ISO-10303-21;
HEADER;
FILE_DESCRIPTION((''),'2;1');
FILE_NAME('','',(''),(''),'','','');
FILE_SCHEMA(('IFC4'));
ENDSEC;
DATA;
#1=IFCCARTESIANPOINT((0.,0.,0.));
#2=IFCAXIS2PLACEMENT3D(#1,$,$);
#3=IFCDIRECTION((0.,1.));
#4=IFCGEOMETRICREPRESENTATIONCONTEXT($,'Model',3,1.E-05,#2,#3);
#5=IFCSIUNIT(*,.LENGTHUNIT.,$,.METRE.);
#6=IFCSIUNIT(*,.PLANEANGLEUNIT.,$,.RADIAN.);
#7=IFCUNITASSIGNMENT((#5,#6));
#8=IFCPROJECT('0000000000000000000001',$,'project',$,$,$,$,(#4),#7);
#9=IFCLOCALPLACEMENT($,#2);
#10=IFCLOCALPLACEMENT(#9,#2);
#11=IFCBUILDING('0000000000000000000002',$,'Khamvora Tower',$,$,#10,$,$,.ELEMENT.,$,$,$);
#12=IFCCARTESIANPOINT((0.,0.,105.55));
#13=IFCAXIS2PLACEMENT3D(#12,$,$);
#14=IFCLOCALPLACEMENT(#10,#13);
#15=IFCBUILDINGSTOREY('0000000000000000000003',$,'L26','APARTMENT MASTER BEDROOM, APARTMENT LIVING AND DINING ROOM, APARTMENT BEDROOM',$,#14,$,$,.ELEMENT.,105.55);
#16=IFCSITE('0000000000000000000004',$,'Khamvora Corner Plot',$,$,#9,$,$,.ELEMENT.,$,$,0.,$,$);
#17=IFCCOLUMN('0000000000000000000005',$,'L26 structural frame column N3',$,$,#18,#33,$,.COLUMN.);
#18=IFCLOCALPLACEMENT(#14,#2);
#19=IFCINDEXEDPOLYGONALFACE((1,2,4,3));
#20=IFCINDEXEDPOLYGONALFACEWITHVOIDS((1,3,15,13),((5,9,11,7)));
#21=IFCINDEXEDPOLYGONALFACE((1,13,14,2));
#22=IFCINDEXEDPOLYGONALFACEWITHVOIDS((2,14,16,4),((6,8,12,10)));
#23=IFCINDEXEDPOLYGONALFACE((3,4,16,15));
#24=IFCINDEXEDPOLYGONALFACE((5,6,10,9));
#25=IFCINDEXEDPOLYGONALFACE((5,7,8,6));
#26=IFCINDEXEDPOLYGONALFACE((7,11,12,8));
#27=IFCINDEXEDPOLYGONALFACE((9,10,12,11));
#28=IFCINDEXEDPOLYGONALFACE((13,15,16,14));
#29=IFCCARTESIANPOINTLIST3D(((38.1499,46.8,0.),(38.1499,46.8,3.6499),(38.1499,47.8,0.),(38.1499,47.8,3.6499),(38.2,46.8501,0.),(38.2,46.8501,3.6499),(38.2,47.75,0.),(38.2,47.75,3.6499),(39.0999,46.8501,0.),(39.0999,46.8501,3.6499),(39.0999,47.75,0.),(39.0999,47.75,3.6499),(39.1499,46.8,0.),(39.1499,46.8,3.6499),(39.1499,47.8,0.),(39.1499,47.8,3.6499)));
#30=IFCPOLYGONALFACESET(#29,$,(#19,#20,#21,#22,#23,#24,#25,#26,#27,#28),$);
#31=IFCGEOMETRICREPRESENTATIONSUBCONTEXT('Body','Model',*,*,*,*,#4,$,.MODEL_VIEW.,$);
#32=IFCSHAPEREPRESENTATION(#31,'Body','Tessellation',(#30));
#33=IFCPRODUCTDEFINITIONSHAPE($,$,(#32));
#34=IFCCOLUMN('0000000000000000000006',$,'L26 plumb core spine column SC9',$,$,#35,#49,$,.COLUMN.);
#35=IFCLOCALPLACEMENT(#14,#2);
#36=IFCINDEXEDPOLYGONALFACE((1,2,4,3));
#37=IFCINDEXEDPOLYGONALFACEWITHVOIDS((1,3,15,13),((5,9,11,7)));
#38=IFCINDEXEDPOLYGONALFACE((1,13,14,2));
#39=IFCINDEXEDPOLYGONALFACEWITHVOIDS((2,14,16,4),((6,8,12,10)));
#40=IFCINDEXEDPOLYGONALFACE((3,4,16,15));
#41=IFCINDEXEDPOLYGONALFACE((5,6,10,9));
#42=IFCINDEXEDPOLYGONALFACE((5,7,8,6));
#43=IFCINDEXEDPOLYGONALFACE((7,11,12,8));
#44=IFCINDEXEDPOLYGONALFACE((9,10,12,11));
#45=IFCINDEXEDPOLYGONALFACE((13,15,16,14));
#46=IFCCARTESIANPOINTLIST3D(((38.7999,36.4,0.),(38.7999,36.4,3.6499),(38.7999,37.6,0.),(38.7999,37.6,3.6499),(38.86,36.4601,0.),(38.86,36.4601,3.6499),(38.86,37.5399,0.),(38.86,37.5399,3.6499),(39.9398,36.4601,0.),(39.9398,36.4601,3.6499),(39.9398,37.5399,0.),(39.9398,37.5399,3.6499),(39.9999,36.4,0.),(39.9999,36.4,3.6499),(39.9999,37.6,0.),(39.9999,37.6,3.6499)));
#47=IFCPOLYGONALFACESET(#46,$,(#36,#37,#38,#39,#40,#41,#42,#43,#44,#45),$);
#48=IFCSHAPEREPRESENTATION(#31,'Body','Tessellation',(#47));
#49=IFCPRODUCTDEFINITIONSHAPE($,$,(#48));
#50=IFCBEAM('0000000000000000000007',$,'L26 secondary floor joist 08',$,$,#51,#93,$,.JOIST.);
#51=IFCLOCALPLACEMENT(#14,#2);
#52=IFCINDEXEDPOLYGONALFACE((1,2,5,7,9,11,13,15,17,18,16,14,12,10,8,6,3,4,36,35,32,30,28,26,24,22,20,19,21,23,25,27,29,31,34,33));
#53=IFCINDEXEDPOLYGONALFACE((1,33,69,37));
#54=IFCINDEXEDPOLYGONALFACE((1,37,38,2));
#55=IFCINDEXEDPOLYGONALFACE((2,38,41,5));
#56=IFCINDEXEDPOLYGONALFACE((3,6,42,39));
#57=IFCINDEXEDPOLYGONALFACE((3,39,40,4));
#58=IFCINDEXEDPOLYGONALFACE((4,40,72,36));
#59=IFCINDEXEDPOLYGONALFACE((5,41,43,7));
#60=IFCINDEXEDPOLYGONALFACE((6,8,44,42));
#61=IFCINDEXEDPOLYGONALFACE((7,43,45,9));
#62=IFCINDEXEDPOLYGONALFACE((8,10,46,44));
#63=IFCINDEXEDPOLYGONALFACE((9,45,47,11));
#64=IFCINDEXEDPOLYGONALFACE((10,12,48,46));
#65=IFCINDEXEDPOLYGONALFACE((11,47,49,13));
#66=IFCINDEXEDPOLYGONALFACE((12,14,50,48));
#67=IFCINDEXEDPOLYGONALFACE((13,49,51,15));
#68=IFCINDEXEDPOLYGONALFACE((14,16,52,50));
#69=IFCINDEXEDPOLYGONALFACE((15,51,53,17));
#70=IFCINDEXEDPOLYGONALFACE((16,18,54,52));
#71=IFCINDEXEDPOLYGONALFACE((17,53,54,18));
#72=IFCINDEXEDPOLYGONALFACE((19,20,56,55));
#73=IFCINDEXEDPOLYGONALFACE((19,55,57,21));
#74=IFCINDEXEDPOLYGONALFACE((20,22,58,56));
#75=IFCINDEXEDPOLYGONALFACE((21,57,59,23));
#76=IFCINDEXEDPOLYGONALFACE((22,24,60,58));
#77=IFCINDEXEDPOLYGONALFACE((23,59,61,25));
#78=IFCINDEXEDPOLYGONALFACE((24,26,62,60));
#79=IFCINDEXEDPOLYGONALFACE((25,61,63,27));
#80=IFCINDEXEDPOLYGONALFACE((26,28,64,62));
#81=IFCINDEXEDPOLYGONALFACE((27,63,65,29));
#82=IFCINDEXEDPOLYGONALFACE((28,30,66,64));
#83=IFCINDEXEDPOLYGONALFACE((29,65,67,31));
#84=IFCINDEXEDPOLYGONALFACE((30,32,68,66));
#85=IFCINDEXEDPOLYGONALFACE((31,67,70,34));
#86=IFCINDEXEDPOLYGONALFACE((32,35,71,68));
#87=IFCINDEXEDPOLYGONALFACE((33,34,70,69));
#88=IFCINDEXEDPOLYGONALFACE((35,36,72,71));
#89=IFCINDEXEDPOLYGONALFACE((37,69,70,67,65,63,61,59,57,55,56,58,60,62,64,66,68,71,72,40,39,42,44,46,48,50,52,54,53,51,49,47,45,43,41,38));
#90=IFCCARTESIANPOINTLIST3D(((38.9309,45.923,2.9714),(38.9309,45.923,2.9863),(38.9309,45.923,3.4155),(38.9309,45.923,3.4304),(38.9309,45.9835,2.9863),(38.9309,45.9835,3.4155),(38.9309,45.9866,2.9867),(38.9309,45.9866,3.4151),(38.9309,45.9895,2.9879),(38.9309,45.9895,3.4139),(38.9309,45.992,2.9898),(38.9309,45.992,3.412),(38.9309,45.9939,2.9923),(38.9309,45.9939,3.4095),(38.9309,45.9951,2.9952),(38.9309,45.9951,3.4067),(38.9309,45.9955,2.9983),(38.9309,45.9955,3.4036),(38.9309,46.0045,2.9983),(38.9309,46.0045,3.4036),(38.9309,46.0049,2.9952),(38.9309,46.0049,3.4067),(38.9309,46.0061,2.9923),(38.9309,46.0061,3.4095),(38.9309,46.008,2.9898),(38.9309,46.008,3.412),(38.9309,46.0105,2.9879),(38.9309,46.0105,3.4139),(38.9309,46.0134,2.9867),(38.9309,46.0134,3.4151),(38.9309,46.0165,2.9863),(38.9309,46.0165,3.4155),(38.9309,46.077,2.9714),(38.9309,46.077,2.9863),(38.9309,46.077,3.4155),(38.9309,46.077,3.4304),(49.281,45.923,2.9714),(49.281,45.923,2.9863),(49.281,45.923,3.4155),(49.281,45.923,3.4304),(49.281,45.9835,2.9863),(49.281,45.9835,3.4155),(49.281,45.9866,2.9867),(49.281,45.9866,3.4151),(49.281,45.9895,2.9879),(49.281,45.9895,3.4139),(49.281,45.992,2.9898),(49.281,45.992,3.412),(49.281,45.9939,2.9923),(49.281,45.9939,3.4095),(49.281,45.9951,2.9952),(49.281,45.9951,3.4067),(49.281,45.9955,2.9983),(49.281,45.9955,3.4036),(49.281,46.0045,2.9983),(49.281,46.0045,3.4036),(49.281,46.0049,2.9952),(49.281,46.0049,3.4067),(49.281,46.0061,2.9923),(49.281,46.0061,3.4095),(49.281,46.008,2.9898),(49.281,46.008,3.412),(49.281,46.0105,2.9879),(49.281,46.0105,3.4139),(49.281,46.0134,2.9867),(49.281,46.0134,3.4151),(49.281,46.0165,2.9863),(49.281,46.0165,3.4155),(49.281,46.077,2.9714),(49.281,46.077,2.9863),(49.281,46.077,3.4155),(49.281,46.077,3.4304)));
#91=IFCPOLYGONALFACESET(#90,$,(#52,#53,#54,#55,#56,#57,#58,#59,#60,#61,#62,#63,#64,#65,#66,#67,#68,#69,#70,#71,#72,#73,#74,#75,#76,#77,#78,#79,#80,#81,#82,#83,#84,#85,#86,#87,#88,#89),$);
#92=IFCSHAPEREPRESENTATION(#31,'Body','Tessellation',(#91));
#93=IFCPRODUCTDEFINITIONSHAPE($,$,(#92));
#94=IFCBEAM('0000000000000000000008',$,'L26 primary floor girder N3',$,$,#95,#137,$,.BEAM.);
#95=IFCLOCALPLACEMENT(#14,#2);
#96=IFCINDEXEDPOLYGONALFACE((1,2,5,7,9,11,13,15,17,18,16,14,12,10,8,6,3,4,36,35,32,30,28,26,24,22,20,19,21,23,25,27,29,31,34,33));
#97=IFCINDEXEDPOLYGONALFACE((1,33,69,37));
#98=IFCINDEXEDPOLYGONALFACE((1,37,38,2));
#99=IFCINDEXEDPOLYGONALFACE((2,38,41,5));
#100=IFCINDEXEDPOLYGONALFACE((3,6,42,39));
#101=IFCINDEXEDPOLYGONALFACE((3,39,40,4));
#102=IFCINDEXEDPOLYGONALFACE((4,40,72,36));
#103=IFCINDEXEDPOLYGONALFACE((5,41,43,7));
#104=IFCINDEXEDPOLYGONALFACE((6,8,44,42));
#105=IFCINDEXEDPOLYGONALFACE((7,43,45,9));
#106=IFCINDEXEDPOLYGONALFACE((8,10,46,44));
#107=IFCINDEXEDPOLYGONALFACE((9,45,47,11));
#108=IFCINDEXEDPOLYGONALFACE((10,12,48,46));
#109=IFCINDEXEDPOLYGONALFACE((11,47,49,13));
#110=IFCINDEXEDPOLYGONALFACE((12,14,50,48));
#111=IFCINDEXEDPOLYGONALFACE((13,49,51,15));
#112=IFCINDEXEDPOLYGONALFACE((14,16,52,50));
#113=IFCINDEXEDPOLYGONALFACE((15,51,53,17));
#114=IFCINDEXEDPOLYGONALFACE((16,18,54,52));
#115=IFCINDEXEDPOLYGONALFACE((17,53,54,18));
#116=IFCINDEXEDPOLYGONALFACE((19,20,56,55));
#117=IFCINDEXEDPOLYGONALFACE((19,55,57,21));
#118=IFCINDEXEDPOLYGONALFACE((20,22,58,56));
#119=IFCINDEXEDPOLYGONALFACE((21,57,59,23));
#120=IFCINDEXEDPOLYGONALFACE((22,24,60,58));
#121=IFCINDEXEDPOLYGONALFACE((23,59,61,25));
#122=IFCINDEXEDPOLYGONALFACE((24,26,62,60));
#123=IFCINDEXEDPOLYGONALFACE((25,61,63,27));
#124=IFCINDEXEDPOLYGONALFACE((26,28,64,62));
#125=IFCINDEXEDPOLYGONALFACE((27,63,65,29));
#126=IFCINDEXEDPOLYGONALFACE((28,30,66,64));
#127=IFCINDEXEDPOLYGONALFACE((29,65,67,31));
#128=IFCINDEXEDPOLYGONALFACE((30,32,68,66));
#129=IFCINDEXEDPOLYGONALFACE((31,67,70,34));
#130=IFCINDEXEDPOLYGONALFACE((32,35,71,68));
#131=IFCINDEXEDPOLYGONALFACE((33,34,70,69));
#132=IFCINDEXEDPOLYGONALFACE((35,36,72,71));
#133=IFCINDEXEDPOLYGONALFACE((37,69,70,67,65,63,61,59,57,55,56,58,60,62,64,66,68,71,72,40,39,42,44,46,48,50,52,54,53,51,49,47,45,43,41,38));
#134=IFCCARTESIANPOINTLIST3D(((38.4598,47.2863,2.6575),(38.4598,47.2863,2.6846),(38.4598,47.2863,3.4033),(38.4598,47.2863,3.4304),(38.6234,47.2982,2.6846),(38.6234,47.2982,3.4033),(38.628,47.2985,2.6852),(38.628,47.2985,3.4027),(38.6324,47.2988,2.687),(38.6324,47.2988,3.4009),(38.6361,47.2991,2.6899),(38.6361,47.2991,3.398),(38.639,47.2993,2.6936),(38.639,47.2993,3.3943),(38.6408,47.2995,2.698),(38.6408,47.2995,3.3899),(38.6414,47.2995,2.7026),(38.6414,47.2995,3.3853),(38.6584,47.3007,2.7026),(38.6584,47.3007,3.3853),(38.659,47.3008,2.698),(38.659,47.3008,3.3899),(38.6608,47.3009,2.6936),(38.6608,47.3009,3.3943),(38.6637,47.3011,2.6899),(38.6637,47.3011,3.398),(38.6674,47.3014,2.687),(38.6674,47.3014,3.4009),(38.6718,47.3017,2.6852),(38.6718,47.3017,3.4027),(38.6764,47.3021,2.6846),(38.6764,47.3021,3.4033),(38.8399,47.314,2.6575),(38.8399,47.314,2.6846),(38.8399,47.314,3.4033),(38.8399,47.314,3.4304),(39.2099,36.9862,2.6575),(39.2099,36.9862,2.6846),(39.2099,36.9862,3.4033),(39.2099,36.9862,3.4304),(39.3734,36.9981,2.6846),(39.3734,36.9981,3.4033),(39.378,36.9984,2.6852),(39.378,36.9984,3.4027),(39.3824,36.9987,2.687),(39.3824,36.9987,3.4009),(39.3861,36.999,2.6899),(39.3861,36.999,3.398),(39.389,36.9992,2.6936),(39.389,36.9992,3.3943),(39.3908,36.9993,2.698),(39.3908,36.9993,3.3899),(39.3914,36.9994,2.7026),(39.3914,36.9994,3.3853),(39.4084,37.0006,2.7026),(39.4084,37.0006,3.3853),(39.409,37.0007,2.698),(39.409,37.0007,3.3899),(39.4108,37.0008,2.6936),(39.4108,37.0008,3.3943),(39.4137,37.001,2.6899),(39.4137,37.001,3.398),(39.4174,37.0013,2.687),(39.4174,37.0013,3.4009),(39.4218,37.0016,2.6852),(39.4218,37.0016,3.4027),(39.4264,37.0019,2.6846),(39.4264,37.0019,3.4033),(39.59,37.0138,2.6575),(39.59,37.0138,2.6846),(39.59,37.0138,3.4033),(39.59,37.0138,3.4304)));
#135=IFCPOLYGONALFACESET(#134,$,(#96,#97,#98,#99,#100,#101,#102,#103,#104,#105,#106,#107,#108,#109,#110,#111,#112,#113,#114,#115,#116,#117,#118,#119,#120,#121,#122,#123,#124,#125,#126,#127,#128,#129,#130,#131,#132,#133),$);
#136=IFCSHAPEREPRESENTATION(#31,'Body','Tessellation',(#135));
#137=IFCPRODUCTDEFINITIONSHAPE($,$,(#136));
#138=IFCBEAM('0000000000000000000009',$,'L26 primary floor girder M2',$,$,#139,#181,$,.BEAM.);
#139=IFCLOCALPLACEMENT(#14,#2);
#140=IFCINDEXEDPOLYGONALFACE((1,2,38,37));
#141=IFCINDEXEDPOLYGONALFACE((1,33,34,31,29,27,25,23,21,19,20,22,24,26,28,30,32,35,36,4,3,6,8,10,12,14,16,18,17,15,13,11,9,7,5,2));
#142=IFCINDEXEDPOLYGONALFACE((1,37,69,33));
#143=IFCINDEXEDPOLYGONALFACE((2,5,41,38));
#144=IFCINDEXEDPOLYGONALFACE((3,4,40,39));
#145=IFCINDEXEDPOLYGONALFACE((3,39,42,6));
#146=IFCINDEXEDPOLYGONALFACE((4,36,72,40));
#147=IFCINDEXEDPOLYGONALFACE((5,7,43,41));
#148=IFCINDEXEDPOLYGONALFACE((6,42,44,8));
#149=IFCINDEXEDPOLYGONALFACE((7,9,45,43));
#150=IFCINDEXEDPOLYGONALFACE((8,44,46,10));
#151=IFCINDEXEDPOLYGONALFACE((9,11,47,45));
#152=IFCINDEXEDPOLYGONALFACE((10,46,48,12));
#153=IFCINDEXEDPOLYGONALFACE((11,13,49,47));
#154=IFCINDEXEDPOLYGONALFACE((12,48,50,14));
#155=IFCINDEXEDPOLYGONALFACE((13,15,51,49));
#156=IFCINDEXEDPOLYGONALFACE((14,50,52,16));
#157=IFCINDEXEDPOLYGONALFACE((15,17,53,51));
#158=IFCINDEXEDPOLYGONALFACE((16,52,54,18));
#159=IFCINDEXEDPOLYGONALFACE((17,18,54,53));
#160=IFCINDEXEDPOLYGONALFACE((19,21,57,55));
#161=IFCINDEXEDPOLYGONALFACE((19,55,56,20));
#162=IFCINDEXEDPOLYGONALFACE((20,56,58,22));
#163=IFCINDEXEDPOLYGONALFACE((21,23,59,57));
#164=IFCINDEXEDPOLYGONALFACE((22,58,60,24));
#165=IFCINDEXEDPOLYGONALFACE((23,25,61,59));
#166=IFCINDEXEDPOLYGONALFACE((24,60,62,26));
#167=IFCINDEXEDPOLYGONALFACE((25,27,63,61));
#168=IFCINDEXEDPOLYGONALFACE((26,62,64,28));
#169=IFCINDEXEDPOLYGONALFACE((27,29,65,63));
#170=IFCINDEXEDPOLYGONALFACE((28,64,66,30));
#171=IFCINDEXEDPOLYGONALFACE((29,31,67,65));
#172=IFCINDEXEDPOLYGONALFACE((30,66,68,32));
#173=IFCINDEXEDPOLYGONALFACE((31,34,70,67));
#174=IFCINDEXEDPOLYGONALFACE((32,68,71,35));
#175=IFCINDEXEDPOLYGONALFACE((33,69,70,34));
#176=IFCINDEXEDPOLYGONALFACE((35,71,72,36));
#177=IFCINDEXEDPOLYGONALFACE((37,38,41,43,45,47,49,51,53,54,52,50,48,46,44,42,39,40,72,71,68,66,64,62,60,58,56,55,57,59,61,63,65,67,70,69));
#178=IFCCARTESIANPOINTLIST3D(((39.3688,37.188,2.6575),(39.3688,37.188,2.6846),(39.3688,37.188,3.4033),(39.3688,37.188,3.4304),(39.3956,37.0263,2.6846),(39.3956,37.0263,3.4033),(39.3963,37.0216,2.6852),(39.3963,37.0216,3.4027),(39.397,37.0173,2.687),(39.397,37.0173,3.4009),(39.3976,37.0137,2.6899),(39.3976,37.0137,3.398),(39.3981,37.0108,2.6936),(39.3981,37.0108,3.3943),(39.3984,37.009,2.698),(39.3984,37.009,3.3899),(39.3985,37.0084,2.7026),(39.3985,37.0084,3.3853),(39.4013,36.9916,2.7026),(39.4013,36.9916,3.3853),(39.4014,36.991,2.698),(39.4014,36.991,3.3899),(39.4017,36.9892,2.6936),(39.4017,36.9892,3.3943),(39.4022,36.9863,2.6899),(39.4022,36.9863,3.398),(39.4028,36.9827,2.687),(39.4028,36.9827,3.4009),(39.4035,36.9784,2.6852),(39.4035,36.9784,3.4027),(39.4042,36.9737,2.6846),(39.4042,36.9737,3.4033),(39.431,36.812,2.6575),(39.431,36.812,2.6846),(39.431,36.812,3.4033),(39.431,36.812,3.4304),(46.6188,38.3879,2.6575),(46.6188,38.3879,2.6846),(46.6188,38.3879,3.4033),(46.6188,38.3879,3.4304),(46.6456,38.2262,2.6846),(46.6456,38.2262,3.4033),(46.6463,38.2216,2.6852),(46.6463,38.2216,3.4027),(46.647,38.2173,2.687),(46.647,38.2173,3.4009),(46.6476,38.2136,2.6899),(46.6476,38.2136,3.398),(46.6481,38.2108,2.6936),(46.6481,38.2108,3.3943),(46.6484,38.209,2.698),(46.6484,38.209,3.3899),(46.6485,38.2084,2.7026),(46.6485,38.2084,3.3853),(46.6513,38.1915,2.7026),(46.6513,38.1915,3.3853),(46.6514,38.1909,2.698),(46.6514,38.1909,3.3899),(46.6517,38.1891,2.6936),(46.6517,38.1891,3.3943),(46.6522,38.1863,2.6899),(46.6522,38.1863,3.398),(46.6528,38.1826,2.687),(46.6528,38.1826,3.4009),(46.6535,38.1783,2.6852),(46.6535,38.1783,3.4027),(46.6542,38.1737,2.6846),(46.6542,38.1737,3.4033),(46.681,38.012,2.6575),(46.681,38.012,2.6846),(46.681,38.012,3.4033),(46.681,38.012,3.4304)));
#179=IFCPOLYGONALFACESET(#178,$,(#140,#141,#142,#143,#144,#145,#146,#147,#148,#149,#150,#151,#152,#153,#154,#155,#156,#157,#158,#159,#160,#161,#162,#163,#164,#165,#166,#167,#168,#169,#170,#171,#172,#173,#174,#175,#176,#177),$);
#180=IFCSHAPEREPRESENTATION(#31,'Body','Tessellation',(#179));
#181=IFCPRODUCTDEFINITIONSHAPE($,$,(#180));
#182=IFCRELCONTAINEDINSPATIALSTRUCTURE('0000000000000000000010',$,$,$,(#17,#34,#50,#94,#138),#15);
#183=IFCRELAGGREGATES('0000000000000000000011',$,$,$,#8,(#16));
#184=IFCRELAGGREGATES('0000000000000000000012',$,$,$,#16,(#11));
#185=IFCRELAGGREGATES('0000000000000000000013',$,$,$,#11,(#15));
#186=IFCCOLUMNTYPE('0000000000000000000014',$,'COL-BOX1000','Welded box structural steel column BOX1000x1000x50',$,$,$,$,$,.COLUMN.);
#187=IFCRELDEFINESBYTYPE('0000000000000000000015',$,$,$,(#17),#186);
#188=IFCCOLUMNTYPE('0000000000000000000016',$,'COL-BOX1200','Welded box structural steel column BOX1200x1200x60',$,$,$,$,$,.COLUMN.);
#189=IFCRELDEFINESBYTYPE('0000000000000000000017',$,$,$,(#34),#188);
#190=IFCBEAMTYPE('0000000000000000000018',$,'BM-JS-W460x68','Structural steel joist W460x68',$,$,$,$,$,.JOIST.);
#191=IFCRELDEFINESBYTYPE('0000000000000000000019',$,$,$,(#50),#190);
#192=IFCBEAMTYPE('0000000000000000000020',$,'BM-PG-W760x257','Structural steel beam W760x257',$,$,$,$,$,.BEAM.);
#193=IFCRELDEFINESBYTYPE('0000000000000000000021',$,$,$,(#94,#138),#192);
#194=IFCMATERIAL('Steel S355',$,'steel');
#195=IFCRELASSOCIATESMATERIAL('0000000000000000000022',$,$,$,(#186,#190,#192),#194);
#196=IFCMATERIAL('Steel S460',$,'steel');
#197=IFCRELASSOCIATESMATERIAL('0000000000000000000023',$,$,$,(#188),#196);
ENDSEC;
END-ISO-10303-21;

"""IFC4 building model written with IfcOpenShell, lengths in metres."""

from ifc_helpers import new_model, si_unit, direction, frame, origin, origin_2d, place, context, subcontext, project, spatial, hollow_rectangle, i_section, extrude, material, material_profile, profile_set, type_object, element, save


model = new_model("IFC4")

# Units and contexts
model_context = context("Model", 3, precision=1e-05, world=origin(), true_north=direction((0.0, 1.0)))
body_context = subcontext(model_context, "Body", "Model", "MODEL_VIEW")
ifc_project = project(units=[si_unit("LENGTHUNIT", "METRE"), si_unit("PLANEANGLEUNIT", "RADIAN")], contexts=[model_context])

# Site, building, storey
site_placement = place(None, origin())
site = spatial("IfcSite", under=ifc_project, at=site_placement, Name="Khamvora Corner Plot", CompositionType="ELEMENT", RefElevation=0.0)
building_placement = place(site_placement, origin())
building = spatial("IfcBuilding", under=site, at=building_placement, Name="Khamvora Tower", CompositionType="ELEMENT")
storey_placement = place(building_placement, frame((0.0, 0.0, 105.55)))
storey = spatial("IfcBuildingStorey", under=building, at=storey_placement, Name="L26", Description="APARTMENT MASTER BEDROOM, APARTMENT LIVING AND DINING ROOM, APARTMENT BEDROOM", CompositionType="ELEMENT", Elevation=105.55)

# Columns
ifc_material_1 = material(Name="Steel S355", Category="steel")
ifc_material_profile_1 = material_profile(ifc_material_1, hollow_rectangle(XDim=1.0, YDim=1.0, WallThickness=0.05, at=origin_2d()), Name="BOX1000x1000x50")
ifc_profile_set_1 = profile_set([ifc_material_profile_1], Name="Steel S355")
column_type_1 = type_object("IfcColumnType", Name="COL-BOX1000", Description="Welded box structural steel column BOX1000x1000x50", PredefinedType="COLUMN", material=ifc_profile_set_1)
column_1_placement = place(storey_placement, frame((38.6499, 47.3, 0.0), z_axis=(0.0, 0.0, 1.0), x_axis=(1.0, 0.0, 0.0)))
element("IfcColumn", 1, at=column_1_placement, inside=storey, type_object=column_type_1, Name="L26 structural frame column N3", PredefinedType="COLUMN", context=body_context, shape_type="SweptSolid", body=[
    extrude(hollow_rectangle(XDim=1.0, YDim=1.0, WallThickness=0.05, at=origin_2d()), origin(), (0.0, 0.0, 1.0), 3.6499),
])
ifc_material_2 = material(Name="Steel S460", Category="steel")
ifc_material_profile_2 = material_profile(ifc_material_2, hollow_rectangle(XDim=1.2, YDim=1.2, WallThickness=0.0601, at=origin_2d()), Name="BOX1200x1200x60")
ifc_profile_set_2 = profile_set([ifc_material_profile_2], Name="Steel S460")
column_type_2 = type_object("IfcColumnType", Name="COL-BOX1200", Description="Welded box structural steel column BOX1200x1200x60", PredefinedType="COLUMN", material=ifc_profile_set_2)
column_2_placement = place(storey_placement, frame((39.3999, 37.0, 0.0), z_axis=(0.0, 0.0, 1.0), x_axis=(1.0, 0.0, 0.0)))
element("IfcColumn", 2, at=column_2_placement, inside=storey, type_object=column_type_2, Name="L26 plumb core spine column SC9", PredefinedType="COLUMN", context=body_context, shape_type="SweptSolid", body=[
    extrude(hollow_rectangle(XDim=1.2, YDim=1.2, WallThickness=0.0601, at=origin_2d()), origin(), (0.0, 0.0, 1.0), 3.6499),
])

# Beams
ifc_material_profile_3 = material_profile(ifc_material_1, i_section(OverallWidth=0.1541, OverallDepth=0.459, WebThickness=0.009, FlangeThickness=0.0149, FilletRadius=0.012, at=origin_2d()), Name="W460x68")
ifc_profile_set_3 = profile_set([ifc_material_profile_3], Name="Steel S355")
beam_type_1 = type_object("IfcBeamType", Name="BM-JS-W460x68", Description="Structural steel joist W460x68", PredefinedType="JOIST", material=ifc_profile_set_3)
beam_1_placement = place(storey_placement, frame((38.9309, 46.0, 3.2009), z_axis=(1.0, 0.0, 0.0), x_axis=(0.0, 1.0, 0.0)))
element("IfcBeam", 3, at=beam_1_placement, inside=storey, type_object=beam_type_1, Name="L26 secondary floor joist 08", PredefinedType="JOIST", context=body_context, shape_type="SweptSolid", body=[
    extrude(i_section(OverallWidth=0.1541, OverallDepth=0.459, WebThickness=0.009, FlangeThickness=0.0149, FilletRadius=0.012, at=origin_2d()), origin(), (0.0, 0.0, 1.0), 10.3501),
])
ifc_material_profile_4 = material_profile(ifc_material_1, i_section(OverallWidth=0.3811, OverallDepth=0.7729, WebThickness=0.0171, FlangeThickness=0.0271, FilletRadius=0.0181, at=origin_2d()), Name="W760x257")
ifc_profile_set_4 = profile_set([ifc_material_profile_4], Name="Steel S355")
beam_type_2 = type_object("IfcBeamType", Name="BM-PG-W760x257", Description="Structural steel beam W760x257", PredefinedType="BEAM", material=ifc_profile_set_4)
beam_2_placement = place(storey_placement, frame((39.3999, 37.0, 3.0439), z_axis=(-0.072623, 0.997359, 0.0), x_axis=(-0.997359, -0.072623, 0.0)))
element("IfcBeam", 4, at=beam_2_placement, inside=storey, type_object=beam_type_2, Name="L26 primary floor girder N3", PredefinedType="BEAM", context=body_context, shape_type="SweptSolid", body=[
    extrude(i_section(OverallWidth=0.3811, OverallDepth=0.7729, WebThickness=0.0171, FlangeThickness=0.0271, FilletRadius=0.0181, at=origin_2d()), origin(), (0.0, 0.0, 1.0), 10.3274),
])
beam_3_placement = place(storey_placement, frame((39.3999, 37.0, 3.0439), z_axis=(0.986578, 0.163289, 0.0), x_axis=(-0.163289, 0.986578, 0.0)))
element("IfcBeam", 5, at=beam_3_placement, inside=storey, type_object=beam_type_2, Name="L26 primary floor girder M2", PredefinedType="BEAM", context=body_context, shape_type="SweptSolid", body=[
    extrude(i_section(OverallWidth=0.3811, OverallDepth=0.7729, WebThickness=0.0171, FlangeThickness=0.0271, FilletRadius=0.0181, at=origin_2d()), origin(), (0.0, 0.0, 1.0), 7.3486),
])

save(model, "model.ifc")
